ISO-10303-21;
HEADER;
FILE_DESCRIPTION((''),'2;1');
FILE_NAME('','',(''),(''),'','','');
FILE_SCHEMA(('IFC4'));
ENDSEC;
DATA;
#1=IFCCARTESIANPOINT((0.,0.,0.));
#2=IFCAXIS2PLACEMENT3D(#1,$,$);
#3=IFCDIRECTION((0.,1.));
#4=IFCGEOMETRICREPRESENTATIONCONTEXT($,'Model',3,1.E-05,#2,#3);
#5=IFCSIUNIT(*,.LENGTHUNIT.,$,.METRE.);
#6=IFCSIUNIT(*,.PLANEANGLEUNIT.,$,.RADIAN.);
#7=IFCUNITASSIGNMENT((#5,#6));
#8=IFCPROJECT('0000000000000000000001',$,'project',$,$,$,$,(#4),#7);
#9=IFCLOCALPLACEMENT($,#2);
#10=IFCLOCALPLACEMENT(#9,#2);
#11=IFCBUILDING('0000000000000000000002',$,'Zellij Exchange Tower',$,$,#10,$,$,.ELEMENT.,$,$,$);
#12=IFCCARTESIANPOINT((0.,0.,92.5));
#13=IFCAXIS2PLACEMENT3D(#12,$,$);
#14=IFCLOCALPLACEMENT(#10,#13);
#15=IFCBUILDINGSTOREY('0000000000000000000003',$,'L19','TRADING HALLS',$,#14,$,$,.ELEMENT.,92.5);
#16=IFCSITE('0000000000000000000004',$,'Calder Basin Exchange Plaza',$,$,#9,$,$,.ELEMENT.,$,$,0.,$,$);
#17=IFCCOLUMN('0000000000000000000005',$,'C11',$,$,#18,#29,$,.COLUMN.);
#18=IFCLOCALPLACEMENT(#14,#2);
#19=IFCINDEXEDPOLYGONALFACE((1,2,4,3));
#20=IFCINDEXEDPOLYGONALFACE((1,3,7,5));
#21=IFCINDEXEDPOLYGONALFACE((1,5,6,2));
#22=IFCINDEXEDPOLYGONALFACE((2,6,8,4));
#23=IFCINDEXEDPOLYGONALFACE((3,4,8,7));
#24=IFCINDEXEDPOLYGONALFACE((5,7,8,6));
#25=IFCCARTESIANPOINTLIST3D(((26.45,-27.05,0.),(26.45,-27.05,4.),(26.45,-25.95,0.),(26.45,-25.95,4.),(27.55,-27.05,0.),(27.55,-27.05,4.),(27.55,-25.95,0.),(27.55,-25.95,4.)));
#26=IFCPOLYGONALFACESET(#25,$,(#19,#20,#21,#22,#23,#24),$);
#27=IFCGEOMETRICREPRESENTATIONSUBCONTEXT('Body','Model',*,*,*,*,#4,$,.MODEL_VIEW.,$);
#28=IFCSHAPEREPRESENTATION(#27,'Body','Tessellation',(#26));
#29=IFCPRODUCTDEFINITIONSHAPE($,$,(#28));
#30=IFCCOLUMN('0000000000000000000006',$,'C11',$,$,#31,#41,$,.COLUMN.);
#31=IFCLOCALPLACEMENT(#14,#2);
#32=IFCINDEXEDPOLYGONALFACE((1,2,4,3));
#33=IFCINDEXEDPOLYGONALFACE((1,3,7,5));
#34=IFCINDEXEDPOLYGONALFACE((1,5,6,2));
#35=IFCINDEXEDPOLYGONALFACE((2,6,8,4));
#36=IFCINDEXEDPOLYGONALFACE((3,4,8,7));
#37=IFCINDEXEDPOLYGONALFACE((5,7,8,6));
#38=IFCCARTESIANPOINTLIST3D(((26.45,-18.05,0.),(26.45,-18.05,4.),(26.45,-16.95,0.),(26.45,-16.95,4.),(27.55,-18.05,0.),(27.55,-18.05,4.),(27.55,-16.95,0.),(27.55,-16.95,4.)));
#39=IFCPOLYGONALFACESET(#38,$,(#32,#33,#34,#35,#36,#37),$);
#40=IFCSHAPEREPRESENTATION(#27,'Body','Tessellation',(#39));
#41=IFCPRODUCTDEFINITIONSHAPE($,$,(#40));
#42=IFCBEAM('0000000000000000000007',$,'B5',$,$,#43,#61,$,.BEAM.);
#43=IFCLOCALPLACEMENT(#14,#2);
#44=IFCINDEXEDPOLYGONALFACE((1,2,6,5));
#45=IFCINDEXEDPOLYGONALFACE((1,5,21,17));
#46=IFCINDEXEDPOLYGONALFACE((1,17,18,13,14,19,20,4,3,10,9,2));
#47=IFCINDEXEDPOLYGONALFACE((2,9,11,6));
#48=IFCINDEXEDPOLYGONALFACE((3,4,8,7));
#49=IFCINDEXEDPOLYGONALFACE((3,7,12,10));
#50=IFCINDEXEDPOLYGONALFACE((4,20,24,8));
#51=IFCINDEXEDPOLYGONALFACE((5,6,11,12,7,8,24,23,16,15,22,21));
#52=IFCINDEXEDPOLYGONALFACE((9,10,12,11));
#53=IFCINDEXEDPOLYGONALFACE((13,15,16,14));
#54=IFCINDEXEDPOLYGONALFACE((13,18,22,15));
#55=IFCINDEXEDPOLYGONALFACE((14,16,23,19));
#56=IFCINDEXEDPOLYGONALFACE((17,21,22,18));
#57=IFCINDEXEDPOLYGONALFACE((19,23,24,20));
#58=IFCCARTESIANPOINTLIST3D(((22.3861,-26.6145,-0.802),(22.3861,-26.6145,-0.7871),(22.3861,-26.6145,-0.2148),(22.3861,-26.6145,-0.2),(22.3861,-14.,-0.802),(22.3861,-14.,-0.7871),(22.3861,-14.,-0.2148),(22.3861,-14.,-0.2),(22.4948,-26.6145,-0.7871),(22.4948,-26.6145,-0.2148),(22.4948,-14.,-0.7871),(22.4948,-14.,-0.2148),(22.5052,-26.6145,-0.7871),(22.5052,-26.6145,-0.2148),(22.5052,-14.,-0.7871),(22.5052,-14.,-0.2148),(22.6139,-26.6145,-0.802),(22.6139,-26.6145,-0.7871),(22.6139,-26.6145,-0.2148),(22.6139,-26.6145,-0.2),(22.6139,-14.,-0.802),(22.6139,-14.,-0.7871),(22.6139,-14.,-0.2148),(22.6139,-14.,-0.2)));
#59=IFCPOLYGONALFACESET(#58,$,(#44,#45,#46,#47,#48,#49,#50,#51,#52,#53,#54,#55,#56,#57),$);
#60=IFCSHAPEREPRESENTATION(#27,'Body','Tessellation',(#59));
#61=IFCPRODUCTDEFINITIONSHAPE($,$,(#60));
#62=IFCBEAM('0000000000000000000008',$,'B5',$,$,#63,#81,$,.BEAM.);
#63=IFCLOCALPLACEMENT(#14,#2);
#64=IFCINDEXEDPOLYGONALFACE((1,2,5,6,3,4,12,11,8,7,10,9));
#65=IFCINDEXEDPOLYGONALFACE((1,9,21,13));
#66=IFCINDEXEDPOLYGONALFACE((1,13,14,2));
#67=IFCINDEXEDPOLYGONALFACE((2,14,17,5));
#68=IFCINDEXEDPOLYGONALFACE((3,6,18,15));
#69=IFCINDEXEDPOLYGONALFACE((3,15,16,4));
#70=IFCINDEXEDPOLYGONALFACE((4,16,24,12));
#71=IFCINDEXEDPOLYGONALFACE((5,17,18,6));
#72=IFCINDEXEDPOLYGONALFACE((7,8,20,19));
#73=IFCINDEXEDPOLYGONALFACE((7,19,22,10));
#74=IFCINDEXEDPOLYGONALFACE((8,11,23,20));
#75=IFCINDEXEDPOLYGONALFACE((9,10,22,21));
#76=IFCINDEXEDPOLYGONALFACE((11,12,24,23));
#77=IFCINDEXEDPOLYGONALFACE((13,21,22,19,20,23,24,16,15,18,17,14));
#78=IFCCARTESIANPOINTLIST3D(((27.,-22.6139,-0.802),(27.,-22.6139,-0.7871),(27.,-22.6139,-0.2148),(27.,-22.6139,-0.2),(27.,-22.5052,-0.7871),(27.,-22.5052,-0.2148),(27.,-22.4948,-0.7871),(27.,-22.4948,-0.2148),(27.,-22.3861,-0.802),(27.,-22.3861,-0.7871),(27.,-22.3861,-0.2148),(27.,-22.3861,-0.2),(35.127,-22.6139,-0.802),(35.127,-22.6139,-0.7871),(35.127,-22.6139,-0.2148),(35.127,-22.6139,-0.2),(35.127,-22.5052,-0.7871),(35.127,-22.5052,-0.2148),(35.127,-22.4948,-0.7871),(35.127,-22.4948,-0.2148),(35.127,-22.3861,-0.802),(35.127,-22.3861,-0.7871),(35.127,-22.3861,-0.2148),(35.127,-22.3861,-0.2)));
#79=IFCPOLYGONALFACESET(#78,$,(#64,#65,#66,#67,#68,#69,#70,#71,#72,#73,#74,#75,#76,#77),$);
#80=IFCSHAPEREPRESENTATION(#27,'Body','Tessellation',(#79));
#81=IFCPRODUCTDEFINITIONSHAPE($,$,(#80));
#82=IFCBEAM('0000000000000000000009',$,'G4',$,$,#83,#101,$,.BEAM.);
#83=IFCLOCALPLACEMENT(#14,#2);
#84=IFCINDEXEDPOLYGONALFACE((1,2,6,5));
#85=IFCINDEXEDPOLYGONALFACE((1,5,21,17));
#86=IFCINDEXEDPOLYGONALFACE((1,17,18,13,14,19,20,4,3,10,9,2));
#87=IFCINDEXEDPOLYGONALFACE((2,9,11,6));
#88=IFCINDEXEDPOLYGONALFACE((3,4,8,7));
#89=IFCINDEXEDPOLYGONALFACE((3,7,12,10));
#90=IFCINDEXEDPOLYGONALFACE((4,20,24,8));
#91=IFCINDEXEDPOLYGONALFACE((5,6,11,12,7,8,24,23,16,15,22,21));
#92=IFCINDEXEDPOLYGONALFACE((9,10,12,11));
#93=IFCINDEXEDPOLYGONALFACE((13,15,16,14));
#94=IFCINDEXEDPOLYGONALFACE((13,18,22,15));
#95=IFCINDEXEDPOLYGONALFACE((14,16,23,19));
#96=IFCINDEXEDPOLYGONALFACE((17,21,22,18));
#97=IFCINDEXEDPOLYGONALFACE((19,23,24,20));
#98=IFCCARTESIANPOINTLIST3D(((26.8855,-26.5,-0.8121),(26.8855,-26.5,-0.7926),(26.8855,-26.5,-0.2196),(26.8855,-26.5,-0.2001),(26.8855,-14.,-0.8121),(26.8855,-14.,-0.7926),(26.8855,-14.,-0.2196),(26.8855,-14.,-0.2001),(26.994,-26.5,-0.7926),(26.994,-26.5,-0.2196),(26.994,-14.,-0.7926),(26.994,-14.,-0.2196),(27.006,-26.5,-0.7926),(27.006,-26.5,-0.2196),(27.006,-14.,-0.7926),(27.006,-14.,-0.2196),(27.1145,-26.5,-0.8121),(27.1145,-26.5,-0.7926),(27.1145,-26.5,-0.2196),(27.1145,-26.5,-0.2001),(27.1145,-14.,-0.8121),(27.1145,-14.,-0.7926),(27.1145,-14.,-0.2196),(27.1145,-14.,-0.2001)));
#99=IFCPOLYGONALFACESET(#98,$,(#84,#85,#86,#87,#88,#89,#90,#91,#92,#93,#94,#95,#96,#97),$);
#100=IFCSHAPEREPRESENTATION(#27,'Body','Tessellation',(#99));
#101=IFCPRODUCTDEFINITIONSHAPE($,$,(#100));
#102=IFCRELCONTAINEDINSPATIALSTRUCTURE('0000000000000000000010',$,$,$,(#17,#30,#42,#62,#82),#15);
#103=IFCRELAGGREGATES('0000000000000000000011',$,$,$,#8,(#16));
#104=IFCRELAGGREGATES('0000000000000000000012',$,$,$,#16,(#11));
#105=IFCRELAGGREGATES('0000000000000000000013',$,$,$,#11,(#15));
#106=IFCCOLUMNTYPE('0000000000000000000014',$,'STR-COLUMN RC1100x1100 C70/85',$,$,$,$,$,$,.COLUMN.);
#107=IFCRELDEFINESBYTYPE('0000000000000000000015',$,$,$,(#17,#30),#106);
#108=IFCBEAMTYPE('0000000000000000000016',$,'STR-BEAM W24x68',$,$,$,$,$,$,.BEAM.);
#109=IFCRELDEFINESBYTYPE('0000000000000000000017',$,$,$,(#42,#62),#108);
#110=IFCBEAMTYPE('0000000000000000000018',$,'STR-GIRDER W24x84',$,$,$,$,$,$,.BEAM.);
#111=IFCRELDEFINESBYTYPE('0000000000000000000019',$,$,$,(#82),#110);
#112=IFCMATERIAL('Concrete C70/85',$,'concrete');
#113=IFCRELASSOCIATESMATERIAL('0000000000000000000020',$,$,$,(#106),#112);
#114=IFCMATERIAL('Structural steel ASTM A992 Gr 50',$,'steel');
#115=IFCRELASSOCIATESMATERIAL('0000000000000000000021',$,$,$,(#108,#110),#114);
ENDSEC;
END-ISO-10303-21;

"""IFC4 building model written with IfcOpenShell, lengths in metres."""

from ifc_helpers import new_model, si_unit, direction, frame, origin, origin_2d, place, context, subcontext, project, spatial, rectangle, i_section, extrude, material, material_profile, profile_set, type_object, element, save


model = new_model("IFC4")

# Units and contexts
model_context = context("Model", 3, precision=1e-05, world=origin(), true_north=direction((0.0, 1.0)))
body_context = subcontext(model_context, "Body", "Model", "MODEL_VIEW")
ifc_project = project(units=[si_unit("LENGTHUNIT", "METRE"), si_unit("PLANEANGLEUNIT", "RADIAN")], contexts=[model_context])

# Site, building, storey
site_placement = place(None, origin())
site = spatial("IfcSite", under=ifc_project, at=site_placement, Name="Calder Basin Exchange Plaza", CompositionType="ELEMENT", RefElevation=0.0)
building_placement = place(site_placement, origin())
building = spatial("IfcBuilding", under=site, at=building_placement, Name="Zellij Exchange Tower", CompositionType="ELEMENT")
storey_placement = place(building_placement, frame((0.0, 0.0, 92.5)))
storey = spatial("IfcBuildingStorey", under=building, at=storey_placement, Name="L19", Description="TRADING HALLS", CompositionType="ELEMENT", Elevation=92.5)

# Columns
ifc_material_1 = material(Name="Concrete C70/85", Category="concrete")
ifc_material_profile_1 = material_profile(ifc_material_1, rectangle(XDim=1.1001, YDim=1.1001, at=origin_2d()), Name="STR-COLUMN RC1100x1100 C70/85")
ifc_profile_set_1 = profile_set([ifc_material_profile_1], Name="Concrete C70/85")
column_type = type_object("IfcColumnType", Name="STR-COLUMN RC1100x1100 C70/85", PredefinedType="COLUMN", material=ifc_profile_set_1)
for number, where, z_axis, x_axis, name in (
    (1, (27.0, -26.5, 0.0), (0.0, 0.0, 1.0), (1.0, 0.0, 0.0), "C11"),
    (2, (27.0, -17.5, 0.0), (0.0, 0.0, 1.0), (1.0, 0.0, 0.0), "C11"),
):
    element("IfcColumn", number, at=place(storey_placement, frame(where, z_axis=z_axis, x_axis=x_axis)), inside=storey, type_object=column_type, Name=name, PredefinedType="COLUMN", context=body_context, shape_type="SweptSolid", body=[
        extrude(rectangle(XDim=1.1001, YDim=1.1001, at=origin_2d()), origin(), (0.0, 0.0, 1.0), 4.0),
    ])

# Beams
ifc_material_2 = material(Name="Structural steel ASTM A992 Gr 50", Category="steel")
ifc_material_profile_2 = material_profile(ifc_material_2, i_section(OverallWidth=0.2278, OverallDepth=0.6021, WebThickness=0.0105, FlangeThickness=0.0149, at=origin_2d()), Name="W24x68")
ifc_profile_set_2 = profile_set([ifc_material_profile_2], Name="Structural steel ASTM A992 Gr 50")
beam_type_1 = type_object("IfcBeamType", Name="STR-BEAM W24x68", PredefinedType="BEAM", material=ifc_profile_set_2)
beam_1_placement = place(storey_placement, frame((22.5, -26.6145, -0.501), z_axis=(0.0, 1.0, 0.0), x_axis=(-1.0, 0.0, 0.0)))
element("IfcBeam", 3, at=beam_1_placement, inside=storey, type_object=beam_type_1, Name="B5", PredefinedType="BEAM", context=body_context, shape_type="SweptSolid", body=[
    extrude(i_section(OverallWidth=0.2278, OverallDepth=0.6021, WebThickness=0.0105, FlangeThickness=0.0149, at=origin_2d()), origin(), (0.0, 0.0, 1.0), 12.6145),
])
beam_2_placement = place(storey_placement, frame((27.0, -22.5, -0.501), z_axis=(1.0, 0.0, 0.0), x_axis=(0.0, 1.0, 0.0)))
element("IfcBeam", 4, at=beam_2_placement, inside=storey, type_object=beam_type_1, Name="B5", PredefinedType="BEAM", context=body_context, shape_type="SweptSolid", body=[
    extrude(i_section(OverallWidth=0.2278, OverallDepth=0.6021, WebThickness=0.0105, FlangeThickness=0.0149, at=origin_2d()), origin(), (0.0, 0.0, 1.0), 8.127),
])
ifc_material_profile_3 = material_profile(ifc_material_2, i_section(OverallWidth=0.229, OverallDepth=0.6121, WebThickness=0.012, FlangeThickness=0.0195, at=origin_2d()), Name="W24x84")
ifc_profile_set_3 = profile_set([ifc_material_profile_3], Name="Structural steel ASTM A992 Gr 50")
beam_type_2 = type_object("IfcBeamType", Name="STR-GIRDER W24x84", PredefinedType="BEAM", material=ifc_profile_set_3)
beam_3_placement = place(storey_placement, frame((27.0, -26.5, -0.5061), z_axis=(0.0, 1.0, 0.0), x_axis=(-1.0, 0.0, 0.0)))
element("IfcBeam", 5, at=beam_3_placement, inside=storey, type_object=beam_type_2, Name="G4", PredefinedType="BEAM", context=body_context, shape_type="SweptSolid", body=[
    extrude(i_section(OverallWidth=0.229, OverallDepth=0.6121, WebThickness=0.012, FlangeThickness=0.0195, at=origin_2d()), origin(), (0.0, 0.0, 1.0), 12.5),
])

save(model, "model.ifc")
